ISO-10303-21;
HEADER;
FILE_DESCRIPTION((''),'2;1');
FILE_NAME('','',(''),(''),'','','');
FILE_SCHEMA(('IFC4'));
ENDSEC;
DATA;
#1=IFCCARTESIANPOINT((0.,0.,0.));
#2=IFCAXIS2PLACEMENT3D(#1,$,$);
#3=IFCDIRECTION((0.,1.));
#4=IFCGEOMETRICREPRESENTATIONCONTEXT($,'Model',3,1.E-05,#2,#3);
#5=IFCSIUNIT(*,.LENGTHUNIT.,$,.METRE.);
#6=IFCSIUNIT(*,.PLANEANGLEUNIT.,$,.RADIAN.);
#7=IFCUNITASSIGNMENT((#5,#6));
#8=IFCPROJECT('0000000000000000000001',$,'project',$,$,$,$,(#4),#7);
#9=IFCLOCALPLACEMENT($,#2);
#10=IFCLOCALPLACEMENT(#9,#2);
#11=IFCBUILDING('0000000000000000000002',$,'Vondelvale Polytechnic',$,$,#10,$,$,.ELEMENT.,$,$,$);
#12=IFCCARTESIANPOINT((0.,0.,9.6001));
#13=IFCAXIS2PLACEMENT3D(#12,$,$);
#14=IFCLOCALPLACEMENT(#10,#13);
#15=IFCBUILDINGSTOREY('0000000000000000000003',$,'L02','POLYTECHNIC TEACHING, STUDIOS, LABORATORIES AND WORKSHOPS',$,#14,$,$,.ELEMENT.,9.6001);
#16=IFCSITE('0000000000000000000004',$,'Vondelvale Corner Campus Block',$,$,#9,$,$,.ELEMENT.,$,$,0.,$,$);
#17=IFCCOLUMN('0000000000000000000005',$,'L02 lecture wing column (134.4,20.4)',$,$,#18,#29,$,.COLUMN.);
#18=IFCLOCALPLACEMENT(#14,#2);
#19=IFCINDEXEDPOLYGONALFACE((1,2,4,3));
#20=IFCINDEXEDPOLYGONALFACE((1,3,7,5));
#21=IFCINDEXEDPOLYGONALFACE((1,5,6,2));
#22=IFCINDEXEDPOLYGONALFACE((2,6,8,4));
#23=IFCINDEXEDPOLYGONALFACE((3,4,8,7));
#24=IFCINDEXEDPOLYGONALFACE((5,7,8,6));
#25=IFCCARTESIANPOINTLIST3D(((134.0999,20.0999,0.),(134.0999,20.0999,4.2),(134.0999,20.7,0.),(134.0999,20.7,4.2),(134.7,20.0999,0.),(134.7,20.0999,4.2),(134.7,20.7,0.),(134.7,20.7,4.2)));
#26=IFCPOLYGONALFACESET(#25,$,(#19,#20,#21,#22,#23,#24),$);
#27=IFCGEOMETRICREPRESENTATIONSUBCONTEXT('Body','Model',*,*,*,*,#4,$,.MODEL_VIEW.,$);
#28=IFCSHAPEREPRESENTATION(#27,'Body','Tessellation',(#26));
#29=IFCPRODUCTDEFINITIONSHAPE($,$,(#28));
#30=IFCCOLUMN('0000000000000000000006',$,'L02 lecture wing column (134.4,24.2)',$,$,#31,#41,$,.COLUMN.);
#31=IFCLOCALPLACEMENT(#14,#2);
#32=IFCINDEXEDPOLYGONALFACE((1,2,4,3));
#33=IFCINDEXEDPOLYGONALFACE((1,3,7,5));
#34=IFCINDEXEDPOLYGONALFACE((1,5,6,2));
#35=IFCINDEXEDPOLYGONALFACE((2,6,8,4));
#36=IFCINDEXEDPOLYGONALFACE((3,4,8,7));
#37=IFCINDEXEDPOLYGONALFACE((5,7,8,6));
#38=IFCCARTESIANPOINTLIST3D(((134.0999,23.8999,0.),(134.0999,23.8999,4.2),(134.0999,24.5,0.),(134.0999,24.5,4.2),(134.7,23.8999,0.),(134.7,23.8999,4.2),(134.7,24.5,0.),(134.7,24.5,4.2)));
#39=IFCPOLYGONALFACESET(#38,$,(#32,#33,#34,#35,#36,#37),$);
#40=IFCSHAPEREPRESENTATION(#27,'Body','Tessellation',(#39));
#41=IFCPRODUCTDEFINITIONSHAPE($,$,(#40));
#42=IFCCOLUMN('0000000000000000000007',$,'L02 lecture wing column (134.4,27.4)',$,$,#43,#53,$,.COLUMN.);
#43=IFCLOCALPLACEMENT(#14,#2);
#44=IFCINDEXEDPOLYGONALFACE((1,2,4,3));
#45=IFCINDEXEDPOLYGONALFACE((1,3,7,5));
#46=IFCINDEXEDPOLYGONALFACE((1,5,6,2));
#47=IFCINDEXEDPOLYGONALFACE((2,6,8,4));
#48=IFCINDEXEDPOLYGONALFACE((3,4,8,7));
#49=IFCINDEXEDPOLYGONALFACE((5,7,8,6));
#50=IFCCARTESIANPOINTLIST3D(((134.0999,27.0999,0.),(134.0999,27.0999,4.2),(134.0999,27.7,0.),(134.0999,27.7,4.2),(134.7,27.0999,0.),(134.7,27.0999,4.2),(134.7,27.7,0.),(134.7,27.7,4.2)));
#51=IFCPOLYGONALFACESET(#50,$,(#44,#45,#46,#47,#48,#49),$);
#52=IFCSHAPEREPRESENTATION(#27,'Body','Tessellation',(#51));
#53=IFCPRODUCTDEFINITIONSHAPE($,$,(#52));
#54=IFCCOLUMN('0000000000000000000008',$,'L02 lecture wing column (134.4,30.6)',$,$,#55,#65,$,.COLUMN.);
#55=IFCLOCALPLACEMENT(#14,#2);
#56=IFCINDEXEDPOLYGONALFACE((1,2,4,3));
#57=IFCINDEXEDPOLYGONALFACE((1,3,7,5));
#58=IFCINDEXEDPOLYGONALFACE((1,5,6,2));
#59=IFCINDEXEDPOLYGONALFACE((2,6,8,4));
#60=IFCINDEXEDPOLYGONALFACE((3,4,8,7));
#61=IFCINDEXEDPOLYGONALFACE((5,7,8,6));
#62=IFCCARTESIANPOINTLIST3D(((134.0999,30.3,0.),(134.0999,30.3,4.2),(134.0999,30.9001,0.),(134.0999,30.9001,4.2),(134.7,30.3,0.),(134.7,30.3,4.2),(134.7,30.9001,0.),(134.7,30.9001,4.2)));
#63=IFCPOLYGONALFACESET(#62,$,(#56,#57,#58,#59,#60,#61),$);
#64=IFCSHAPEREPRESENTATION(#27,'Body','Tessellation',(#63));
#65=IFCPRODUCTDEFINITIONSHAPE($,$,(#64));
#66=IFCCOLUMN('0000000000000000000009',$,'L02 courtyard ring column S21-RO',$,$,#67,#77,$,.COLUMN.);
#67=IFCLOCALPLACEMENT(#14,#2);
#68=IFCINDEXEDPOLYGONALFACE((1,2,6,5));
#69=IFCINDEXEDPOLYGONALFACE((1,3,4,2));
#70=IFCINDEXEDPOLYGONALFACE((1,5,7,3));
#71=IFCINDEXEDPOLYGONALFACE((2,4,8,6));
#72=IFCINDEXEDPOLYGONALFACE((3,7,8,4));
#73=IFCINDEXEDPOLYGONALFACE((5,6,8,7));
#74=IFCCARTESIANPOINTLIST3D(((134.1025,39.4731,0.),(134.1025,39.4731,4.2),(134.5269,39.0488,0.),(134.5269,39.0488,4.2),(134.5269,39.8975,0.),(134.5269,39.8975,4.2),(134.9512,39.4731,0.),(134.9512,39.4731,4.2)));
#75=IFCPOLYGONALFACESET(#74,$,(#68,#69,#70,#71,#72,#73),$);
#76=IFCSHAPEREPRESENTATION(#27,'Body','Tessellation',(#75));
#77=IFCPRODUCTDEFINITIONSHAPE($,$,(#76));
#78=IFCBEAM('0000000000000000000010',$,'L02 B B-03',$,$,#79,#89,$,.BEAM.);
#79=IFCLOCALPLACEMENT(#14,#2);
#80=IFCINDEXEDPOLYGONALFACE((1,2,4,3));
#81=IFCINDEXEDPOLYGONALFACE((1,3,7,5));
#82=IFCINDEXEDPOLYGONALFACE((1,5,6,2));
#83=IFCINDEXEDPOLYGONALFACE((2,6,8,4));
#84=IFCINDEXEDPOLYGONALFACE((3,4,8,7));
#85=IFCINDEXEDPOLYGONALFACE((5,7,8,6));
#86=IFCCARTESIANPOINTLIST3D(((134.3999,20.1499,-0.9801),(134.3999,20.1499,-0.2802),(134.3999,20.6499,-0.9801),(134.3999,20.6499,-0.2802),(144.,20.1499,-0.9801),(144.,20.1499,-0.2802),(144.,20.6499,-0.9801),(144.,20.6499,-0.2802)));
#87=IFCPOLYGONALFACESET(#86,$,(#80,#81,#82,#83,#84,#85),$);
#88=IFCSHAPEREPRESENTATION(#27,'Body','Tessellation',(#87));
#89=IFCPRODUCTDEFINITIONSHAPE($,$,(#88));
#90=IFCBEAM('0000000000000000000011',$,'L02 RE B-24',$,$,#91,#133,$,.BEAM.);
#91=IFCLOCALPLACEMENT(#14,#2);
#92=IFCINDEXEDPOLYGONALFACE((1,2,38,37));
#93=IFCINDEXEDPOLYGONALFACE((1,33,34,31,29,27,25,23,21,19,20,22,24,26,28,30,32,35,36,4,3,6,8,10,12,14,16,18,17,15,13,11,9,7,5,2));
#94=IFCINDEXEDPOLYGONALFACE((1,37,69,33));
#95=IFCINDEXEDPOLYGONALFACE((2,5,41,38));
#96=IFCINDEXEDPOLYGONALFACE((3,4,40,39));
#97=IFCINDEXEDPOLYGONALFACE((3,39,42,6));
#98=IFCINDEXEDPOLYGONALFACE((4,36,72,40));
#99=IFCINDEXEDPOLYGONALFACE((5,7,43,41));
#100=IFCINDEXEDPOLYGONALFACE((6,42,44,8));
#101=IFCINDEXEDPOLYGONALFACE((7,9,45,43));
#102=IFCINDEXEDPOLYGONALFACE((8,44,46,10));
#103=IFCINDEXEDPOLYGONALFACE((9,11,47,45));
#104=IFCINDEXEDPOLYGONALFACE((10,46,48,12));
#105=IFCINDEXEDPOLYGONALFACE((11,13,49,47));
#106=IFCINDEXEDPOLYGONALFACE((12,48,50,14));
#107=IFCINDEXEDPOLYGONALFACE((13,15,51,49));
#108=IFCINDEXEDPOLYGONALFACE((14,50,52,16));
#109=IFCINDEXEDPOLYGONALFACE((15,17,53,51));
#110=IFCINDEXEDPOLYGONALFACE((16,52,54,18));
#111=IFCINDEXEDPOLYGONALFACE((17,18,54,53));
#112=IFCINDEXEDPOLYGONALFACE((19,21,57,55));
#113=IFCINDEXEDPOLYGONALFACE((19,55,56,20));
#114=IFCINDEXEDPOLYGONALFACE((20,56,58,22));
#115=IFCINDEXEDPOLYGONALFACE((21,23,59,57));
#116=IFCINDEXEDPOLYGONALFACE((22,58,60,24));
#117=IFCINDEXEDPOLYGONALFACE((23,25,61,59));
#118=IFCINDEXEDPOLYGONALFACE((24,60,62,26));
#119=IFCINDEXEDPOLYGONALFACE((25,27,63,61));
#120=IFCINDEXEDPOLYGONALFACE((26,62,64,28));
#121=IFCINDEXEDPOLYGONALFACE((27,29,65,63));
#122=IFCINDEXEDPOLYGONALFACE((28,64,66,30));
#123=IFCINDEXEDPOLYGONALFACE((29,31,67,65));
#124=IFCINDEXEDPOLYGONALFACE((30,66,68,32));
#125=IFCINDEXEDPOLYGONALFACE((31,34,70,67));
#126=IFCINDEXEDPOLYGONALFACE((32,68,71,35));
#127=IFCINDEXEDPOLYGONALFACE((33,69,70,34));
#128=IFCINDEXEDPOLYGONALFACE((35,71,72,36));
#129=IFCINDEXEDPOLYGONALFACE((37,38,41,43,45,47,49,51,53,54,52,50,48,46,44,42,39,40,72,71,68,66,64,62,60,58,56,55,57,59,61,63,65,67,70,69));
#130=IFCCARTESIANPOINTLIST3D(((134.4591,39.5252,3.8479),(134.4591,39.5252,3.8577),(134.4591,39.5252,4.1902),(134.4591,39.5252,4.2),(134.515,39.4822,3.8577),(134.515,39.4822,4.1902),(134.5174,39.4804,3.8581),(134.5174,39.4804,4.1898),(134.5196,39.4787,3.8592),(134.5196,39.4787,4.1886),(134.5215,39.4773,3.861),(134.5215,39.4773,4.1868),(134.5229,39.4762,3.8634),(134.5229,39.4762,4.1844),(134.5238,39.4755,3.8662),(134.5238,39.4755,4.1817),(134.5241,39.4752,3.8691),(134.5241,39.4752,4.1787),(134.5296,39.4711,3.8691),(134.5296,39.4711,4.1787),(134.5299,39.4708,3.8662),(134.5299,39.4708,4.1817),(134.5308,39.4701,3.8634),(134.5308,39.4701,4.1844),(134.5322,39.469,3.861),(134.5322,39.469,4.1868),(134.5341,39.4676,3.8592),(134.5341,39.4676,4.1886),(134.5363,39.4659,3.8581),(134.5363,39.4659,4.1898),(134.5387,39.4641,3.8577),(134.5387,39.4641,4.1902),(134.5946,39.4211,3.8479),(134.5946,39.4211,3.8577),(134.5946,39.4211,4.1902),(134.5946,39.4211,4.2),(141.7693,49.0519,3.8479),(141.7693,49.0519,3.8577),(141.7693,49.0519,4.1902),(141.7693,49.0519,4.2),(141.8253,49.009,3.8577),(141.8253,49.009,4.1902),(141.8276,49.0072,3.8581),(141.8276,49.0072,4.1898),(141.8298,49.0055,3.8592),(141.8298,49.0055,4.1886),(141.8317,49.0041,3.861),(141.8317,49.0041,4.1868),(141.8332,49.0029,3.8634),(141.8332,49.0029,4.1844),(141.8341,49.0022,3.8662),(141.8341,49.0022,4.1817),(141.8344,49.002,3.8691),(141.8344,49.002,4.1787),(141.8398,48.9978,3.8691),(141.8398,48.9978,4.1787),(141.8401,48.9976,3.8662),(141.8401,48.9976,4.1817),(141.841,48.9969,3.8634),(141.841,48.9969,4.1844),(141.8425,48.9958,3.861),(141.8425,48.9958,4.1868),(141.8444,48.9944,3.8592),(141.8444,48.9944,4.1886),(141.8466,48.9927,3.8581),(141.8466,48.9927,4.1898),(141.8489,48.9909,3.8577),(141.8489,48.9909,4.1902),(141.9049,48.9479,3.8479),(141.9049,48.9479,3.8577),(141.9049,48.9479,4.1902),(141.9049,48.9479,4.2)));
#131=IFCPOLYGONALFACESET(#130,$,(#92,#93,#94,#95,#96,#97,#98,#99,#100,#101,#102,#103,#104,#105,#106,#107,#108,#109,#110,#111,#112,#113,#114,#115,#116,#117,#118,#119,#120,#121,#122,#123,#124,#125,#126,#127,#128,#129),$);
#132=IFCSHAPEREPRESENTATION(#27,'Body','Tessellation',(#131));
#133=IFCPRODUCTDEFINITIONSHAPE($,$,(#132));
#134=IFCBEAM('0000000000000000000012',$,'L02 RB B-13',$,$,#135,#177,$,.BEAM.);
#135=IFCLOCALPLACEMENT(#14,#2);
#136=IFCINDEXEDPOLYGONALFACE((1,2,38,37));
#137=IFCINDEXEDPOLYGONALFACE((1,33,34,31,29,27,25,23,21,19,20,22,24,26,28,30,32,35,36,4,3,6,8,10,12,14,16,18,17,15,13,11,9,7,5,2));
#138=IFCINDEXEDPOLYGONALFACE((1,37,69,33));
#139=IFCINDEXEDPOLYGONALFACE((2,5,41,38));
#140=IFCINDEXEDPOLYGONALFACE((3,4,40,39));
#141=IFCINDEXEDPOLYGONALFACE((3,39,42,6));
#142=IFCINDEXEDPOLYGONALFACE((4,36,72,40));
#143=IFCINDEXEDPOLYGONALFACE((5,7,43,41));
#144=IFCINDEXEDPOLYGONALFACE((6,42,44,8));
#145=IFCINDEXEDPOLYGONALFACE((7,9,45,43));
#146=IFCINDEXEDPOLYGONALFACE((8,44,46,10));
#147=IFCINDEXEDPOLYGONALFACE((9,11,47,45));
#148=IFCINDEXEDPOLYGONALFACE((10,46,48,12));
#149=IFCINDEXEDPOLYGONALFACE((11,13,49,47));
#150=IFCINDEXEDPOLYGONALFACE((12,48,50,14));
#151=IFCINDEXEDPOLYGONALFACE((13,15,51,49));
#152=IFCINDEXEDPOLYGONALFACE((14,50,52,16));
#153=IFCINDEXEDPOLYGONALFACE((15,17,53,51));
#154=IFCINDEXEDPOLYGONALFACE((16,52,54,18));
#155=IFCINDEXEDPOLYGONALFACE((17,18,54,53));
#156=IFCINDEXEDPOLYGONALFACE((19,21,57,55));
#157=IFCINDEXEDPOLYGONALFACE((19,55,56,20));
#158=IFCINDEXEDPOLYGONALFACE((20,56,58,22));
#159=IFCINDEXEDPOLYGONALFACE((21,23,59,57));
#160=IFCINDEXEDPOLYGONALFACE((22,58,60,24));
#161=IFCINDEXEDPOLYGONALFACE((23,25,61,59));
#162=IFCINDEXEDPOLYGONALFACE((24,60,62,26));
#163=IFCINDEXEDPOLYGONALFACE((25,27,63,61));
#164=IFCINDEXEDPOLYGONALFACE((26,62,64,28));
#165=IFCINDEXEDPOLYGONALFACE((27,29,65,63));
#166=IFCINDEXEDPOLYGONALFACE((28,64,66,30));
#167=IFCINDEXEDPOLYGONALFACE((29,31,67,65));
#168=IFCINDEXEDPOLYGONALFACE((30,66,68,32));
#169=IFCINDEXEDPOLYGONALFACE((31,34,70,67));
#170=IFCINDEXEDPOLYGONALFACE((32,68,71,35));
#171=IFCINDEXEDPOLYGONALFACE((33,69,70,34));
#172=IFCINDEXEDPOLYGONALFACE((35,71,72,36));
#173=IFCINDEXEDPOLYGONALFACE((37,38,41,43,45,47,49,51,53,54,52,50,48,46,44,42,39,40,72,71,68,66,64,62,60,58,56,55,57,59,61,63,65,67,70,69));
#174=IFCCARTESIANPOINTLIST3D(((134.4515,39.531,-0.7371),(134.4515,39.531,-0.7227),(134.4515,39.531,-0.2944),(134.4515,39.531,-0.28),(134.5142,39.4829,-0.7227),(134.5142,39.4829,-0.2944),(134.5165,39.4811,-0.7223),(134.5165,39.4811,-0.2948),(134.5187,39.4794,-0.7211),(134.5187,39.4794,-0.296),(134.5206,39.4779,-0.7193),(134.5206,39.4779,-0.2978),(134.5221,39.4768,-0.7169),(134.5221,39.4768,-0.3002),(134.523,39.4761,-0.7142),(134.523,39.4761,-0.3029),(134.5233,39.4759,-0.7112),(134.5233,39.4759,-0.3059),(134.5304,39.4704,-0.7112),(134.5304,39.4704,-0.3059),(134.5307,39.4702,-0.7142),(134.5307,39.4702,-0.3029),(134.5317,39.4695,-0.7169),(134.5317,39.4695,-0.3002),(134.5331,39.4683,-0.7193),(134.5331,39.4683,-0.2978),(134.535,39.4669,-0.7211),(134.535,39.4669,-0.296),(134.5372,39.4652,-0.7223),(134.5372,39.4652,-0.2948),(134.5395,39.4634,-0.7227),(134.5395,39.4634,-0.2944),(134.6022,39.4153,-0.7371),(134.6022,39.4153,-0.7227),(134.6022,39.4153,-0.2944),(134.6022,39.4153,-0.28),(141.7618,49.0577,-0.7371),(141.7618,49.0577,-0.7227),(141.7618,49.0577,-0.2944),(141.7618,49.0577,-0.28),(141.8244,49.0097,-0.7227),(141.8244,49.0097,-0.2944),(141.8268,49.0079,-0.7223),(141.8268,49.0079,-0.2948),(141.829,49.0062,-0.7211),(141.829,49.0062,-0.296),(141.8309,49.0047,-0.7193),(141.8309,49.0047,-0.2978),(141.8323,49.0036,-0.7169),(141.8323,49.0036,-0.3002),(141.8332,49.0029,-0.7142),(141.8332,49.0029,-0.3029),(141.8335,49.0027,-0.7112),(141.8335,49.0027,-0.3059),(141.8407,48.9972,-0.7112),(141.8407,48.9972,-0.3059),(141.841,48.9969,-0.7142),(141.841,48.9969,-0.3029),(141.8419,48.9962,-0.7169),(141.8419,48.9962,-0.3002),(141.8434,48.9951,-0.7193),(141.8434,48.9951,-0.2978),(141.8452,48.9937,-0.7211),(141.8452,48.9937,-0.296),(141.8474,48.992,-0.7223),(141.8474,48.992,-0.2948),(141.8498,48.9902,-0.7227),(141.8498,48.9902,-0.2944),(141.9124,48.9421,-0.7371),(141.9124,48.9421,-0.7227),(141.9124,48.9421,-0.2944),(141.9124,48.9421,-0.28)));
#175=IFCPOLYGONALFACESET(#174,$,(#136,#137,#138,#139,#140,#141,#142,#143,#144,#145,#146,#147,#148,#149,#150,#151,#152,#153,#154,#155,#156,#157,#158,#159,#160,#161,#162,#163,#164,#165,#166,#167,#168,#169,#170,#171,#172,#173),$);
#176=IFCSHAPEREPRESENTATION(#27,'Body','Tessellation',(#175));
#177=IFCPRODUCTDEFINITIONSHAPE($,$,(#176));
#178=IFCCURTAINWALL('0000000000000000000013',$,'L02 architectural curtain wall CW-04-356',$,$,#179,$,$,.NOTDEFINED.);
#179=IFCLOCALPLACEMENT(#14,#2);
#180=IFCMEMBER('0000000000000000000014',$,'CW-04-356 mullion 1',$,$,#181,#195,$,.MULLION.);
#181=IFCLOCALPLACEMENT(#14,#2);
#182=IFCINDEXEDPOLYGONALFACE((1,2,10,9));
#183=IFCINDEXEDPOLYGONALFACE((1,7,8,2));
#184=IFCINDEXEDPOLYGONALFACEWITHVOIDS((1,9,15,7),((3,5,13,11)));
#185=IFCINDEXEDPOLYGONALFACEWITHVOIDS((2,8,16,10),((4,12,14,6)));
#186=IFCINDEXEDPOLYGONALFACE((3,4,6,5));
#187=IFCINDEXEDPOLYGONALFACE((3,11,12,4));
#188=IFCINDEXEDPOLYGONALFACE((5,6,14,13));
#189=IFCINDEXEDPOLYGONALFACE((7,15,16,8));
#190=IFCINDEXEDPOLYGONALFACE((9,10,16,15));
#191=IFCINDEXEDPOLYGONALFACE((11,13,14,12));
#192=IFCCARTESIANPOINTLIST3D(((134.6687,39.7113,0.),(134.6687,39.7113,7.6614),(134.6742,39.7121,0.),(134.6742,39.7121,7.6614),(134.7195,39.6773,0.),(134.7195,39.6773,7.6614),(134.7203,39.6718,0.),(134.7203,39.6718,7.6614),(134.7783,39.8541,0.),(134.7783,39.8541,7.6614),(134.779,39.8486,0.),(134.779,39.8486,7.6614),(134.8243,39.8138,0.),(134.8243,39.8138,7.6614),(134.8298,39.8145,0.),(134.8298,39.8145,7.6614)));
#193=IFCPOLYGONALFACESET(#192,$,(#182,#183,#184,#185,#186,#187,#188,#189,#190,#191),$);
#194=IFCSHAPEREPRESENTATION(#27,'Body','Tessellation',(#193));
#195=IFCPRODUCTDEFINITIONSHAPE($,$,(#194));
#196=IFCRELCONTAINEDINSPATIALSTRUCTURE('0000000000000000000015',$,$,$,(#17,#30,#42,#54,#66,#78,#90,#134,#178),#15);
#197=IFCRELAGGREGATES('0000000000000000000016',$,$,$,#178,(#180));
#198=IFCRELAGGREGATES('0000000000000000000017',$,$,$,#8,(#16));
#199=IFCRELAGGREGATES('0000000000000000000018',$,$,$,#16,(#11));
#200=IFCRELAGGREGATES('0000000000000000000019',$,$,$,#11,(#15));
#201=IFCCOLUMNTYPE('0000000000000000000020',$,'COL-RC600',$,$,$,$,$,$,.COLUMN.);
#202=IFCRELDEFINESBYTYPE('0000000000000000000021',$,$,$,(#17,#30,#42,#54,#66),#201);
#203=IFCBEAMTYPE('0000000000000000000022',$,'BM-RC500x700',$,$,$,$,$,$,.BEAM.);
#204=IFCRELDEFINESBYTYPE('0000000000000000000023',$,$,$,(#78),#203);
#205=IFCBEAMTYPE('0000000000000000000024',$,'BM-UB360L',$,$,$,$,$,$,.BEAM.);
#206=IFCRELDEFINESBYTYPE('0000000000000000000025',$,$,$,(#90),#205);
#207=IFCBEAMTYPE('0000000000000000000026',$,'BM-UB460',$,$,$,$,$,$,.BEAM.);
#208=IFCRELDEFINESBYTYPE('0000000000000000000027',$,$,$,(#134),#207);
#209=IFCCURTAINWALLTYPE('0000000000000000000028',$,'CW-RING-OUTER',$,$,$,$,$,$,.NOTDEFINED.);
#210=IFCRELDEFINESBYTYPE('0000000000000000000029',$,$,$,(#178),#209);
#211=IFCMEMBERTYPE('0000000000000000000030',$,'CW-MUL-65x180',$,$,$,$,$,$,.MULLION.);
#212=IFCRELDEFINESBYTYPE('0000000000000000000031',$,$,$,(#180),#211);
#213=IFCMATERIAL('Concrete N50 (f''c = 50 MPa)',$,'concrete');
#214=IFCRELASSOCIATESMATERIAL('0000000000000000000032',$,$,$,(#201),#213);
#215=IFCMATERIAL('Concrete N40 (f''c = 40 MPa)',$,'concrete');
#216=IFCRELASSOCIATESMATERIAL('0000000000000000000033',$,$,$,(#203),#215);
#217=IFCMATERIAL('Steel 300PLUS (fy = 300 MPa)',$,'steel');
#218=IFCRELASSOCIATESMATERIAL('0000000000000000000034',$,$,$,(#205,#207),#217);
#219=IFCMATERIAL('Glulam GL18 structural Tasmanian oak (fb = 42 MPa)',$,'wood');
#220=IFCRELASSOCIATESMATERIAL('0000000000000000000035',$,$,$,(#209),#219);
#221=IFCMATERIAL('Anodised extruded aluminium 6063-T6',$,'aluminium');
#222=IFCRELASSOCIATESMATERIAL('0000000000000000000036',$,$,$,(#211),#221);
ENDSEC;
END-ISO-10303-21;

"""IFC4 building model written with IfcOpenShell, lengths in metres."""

from ifc_helpers import new_model, si_unit, direction, frame, origin, origin_2d, place, context, subcontext, project, spatial, rectangle, hollow_rectangle, i_section, extrude, material, material_profile, profile_set, type_object, element, aggregate, save


model = new_model("IFC4")

# Units and contexts
model_context = context("Model", 3, precision=1e-05, world=origin(), true_north=direction((0.0, 1.0)))
body_context = subcontext(model_context, "Body", "Model", "MODEL_VIEW")
ifc_project = project(units=[si_unit("LENGTHUNIT", "METRE"), si_unit("PLANEANGLEUNIT", "RADIAN")], contexts=[model_context])

# Site, building, storey
site_placement = place(None, origin())
site = spatial("IfcSite", under=ifc_project, at=site_placement, Name="Vondelvale Corner Campus Block", CompositionType="ELEMENT", RefElevation=0.0)
building_placement = place(site_placement, origin())
building = spatial("IfcBuilding", under=site, at=building_placement, Name="Vondelvale Polytechnic", CompositionType="ELEMENT")
storey_placement = place(building_placement, frame((0.0, 0.0, 9.6001)))
storey = spatial("IfcBuildingStorey", under=building, at=storey_placement, Name="L02", Description="POLYTECHNIC TEACHING, STUDIOS, LABORATORIES AND WORKSHOPS", CompositionType="ELEMENT", Elevation=9.6001)

# Columns
ifc_material_1 = material(Name="Concrete N50 (f'c = 50 MPa)", Category="concrete")
ifc_material_profile_1 = material_profile(ifc_material_1, rectangle(XDim=0.6001, YDim=0.6001, at=origin_2d()), Name="RC-COL-600x600")
ifc_profile_set_1 = profile_set([ifc_material_profile_1], Name="Concrete N50 (f'c = 50 MPa)")
column_type = type_object("IfcColumnType", Name="COL-RC600", PredefinedType="COLUMN", material=ifc_profile_set_1)
for number, where, z_axis, x_axis, name in (
    (1, (134.3999, 20.3999, 0.0), (0.0, 0.0, 1.0), (1.0, 0.0, 0.0), "L02 lecture wing column (134.4,20.4)"),
    (2, (134.3999, 24.2, 0.0), (0.0, 0.0, 1.0), (1.0, 0.0, 0.0), "L02 lecture wing column (134.4,24.2)"),
    (3, (134.3999, 27.3999, 0.0), (0.0, 0.0, 1.0), (1.0, 0.0, 0.0), "L02 lecture wing column (134.4,27.4)"),
    (4, (134.3999, 30.6001, 0.0), (0.0, 0.0, 1.0), (1.0, 0.0, 0.0), "L02 lecture wing column (134.4,30.6)"),
    (5, (134.5269, 39.4731, 0.0), (0.0, 0.0, 1.0), (-0.707107, 0.707107, 0.0), "L02 courtyard ring column S21-RO"),
):
    element("IfcColumn", number, at=place(storey_placement, frame(where, z_axis=z_axis, x_axis=x_axis)), inside=storey, type_object=column_type, Name=name, PredefinedType="COLUMN", context=body_context, shape_type="SweptSolid", body=[
        extrude(rectangle(XDim=0.6001, YDim=0.6001, at=origin_2d()), origin(), (0.0, 0.0, 1.0), 4.2),
    ])

# Beams
ifc_material_2 = material(Name="Concrete N40 (f'c = 40 MPa)", Category="concrete")
ifc_material_profile_2 = material_profile(ifc_material_2, rectangle(XDim=0.5, YDim=0.7, at=origin_2d()), Name="RC-BM-500x700")
ifc_profile_set_2 = profile_set([ifc_material_profile_2], Name="Concrete N40 (f'c = 40 MPa)")
beam_type_1 = type_object("IfcBeamType", Name="BM-RC500x700", PredefinedType="BEAM", material=ifc_profile_set_2)
beam_1_placement = place(storey_placement, frame((134.3999, 20.3999, -0.6301), z_axis=(1.0, 0.0, 0.0), x_axis=(0.0, 1.0, 0.0)))
element("IfcBeam", 6, at=beam_1_placement, inside=storey, type_object=beam_type_1, Name="L02 B B-03", PredefinedType="BEAM", context=body_context, shape_type="SweptSolid", body=[
    extrude(rectangle(XDim=0.5, YDim=0.7, at=origin_2d()), origin(), (0.0, 0.0, 1.0), 9.6001),
])
ifc_material_3 = material(Name="Steel 300PLUS (fy = 300 MPa)", Category="steel")
ifc_material_profile_3 = material_profile(ifc_material_3, i_section(OverallWidth=0.1709, OverallDepth=0.3521, WebThickness=0.0068, FlangeThickness=0.0098, FilletRadius=0.0115, at=origin_2d()), Name="360UB44.7")
ifc_profile_set_3 = profile_set([ifc_material_profile_3], Name="Steel 300PLUS (fy = 300 MPa)")
beam_type_2 = type_object("IfcBeamType", Name="BM-UB360L", PredefinedType="BEAM", material=ifc_profile_set_3)
beam_2_placement = place(storey_placement, frame((134.5269, 39.4731, 4.0239), z_axis=(0.608766, 0.79335, 0.0), x_axis=(-0.79335, 0.608766, 0.0)))
element("IfcBeam", 7, at=beam_2_placement, inside=storey, type_object=beam_type_2, Name="L02 RE B-24", PredefinedType="BEAM", context=body_context, shape_type="SweptSolid", body=[
    extrude(i_section(OverallWidth=0.1709, OverallDepth=0.3521, WebThickness=0.0068, FlangeThickness=0.0098, FilletRadius=0.0115, at=origin_2d()), origin(), (0.0, 0.0, 1.0), 12.0083),
])
ifc_material_profile_4 = material_profile(ifc_material_3, i_section(OverallWidth=0.1899, OverallDepth=0.457, WebThickness=0.009, FlangeThickness=0.0144, FilletRadius=0.0115, at=origin_2d()), Name="460UB74.6")
ifc_profile_set_4 = profile_set([ifc_material_profile_4], Name="Steel 300PLUS (fy = 300 MPa)")
beam_type_3 = type_object("IfcBeamType", Name="BM-UB460", PredefinedType="BEAM", material=ifc_profile_set_4)
beam_3_placement = place(storey_placement, frame((134.5269, 39.4731, -0.5085), z_axis=(0.608766, 0.79335, 0.0), x_axis=(-0.79335, 0.608766, 0.0)))
element("IfcBeam", 8, at=beam_3_placement, inside=storey, type_object=beam_type_3, Name="L02 RB B-13", PredefinedType="BEAM", context=body_context, shape_type="SweptSolid", body=[
    extrude(i_section(OverallWidth=0.1899, OverallDepth=0.457, WebThickness=0.009, FlangeThickness=0.0144, FilletRadius=0.0115, at=origin_2d()), origin(), (0.0, 0.0, 1.0), 12.0083),
])

# Curtain wall, member
ifc_material_4 = material(Name="Glulam GL18 structural Tasmanian oak (fb = 42 MPa)", Category="wood")
curtain_wall_type = type_object("IfcCurtainWallType", Name="CW-RING-OUTER", PredefinedType="NOTDEFINED", material=ifc_material_4)
curtain_wall_placement = place(storey_placement, origin())
curtain_wall = element("IfcCurtainWall", 9, at=curtain_wall_placement, inside=storey, type_object=curtain_wall_type, Name="L02 architectural curtain wall CW-04-356", PredefinedType="NOTDEFINED")
ifc_material_5 = material(Name="Anodised extruded aluminium 6063-T6", Category="aluminium")
ifc_material_profile_5 = material_profile(ifc_material_5, hollow_rectangle(XDim=0.0649, YDim=0.1799, WallThickness=0.0039, at=origin_2d()), Name="CW-MUL-180x65")
ifc_profile_set_5 = profile_set([ifc_material_profile_5], Name="Anodised extruded aluminium 6063-T6")
member_type_1 = type_object("IfcMemberType", Name="CW-MUL-65x180", PredefinedType="MULLION", material=ifc_profile_set_5)
member_1_placement = place(storey_placement, frame((134.7493, 39.7629, 0.0), z_axis=(0.0, 0.0, 1.0), x_axis=(-0.793334, 0.608787, 0.0)))
member_1 = element("IfcMember", 10, at=member_1_placement, type_object=member_type_1, Name="CW-04-356 mullion 1", PredefinedType="MULLION", context=body_context, shape_type="SweptSolid", body=[
    extrude(hollow_rectangle(XDim=0.0649, YDim=0.1799, WallThickness=0.0039, at=origin_2d()), origin(), (0.0, 0.0, 1.0), 7.6614),
])
aggregate(curtain_wall, [member_1])

save(model, "model.ifc")
